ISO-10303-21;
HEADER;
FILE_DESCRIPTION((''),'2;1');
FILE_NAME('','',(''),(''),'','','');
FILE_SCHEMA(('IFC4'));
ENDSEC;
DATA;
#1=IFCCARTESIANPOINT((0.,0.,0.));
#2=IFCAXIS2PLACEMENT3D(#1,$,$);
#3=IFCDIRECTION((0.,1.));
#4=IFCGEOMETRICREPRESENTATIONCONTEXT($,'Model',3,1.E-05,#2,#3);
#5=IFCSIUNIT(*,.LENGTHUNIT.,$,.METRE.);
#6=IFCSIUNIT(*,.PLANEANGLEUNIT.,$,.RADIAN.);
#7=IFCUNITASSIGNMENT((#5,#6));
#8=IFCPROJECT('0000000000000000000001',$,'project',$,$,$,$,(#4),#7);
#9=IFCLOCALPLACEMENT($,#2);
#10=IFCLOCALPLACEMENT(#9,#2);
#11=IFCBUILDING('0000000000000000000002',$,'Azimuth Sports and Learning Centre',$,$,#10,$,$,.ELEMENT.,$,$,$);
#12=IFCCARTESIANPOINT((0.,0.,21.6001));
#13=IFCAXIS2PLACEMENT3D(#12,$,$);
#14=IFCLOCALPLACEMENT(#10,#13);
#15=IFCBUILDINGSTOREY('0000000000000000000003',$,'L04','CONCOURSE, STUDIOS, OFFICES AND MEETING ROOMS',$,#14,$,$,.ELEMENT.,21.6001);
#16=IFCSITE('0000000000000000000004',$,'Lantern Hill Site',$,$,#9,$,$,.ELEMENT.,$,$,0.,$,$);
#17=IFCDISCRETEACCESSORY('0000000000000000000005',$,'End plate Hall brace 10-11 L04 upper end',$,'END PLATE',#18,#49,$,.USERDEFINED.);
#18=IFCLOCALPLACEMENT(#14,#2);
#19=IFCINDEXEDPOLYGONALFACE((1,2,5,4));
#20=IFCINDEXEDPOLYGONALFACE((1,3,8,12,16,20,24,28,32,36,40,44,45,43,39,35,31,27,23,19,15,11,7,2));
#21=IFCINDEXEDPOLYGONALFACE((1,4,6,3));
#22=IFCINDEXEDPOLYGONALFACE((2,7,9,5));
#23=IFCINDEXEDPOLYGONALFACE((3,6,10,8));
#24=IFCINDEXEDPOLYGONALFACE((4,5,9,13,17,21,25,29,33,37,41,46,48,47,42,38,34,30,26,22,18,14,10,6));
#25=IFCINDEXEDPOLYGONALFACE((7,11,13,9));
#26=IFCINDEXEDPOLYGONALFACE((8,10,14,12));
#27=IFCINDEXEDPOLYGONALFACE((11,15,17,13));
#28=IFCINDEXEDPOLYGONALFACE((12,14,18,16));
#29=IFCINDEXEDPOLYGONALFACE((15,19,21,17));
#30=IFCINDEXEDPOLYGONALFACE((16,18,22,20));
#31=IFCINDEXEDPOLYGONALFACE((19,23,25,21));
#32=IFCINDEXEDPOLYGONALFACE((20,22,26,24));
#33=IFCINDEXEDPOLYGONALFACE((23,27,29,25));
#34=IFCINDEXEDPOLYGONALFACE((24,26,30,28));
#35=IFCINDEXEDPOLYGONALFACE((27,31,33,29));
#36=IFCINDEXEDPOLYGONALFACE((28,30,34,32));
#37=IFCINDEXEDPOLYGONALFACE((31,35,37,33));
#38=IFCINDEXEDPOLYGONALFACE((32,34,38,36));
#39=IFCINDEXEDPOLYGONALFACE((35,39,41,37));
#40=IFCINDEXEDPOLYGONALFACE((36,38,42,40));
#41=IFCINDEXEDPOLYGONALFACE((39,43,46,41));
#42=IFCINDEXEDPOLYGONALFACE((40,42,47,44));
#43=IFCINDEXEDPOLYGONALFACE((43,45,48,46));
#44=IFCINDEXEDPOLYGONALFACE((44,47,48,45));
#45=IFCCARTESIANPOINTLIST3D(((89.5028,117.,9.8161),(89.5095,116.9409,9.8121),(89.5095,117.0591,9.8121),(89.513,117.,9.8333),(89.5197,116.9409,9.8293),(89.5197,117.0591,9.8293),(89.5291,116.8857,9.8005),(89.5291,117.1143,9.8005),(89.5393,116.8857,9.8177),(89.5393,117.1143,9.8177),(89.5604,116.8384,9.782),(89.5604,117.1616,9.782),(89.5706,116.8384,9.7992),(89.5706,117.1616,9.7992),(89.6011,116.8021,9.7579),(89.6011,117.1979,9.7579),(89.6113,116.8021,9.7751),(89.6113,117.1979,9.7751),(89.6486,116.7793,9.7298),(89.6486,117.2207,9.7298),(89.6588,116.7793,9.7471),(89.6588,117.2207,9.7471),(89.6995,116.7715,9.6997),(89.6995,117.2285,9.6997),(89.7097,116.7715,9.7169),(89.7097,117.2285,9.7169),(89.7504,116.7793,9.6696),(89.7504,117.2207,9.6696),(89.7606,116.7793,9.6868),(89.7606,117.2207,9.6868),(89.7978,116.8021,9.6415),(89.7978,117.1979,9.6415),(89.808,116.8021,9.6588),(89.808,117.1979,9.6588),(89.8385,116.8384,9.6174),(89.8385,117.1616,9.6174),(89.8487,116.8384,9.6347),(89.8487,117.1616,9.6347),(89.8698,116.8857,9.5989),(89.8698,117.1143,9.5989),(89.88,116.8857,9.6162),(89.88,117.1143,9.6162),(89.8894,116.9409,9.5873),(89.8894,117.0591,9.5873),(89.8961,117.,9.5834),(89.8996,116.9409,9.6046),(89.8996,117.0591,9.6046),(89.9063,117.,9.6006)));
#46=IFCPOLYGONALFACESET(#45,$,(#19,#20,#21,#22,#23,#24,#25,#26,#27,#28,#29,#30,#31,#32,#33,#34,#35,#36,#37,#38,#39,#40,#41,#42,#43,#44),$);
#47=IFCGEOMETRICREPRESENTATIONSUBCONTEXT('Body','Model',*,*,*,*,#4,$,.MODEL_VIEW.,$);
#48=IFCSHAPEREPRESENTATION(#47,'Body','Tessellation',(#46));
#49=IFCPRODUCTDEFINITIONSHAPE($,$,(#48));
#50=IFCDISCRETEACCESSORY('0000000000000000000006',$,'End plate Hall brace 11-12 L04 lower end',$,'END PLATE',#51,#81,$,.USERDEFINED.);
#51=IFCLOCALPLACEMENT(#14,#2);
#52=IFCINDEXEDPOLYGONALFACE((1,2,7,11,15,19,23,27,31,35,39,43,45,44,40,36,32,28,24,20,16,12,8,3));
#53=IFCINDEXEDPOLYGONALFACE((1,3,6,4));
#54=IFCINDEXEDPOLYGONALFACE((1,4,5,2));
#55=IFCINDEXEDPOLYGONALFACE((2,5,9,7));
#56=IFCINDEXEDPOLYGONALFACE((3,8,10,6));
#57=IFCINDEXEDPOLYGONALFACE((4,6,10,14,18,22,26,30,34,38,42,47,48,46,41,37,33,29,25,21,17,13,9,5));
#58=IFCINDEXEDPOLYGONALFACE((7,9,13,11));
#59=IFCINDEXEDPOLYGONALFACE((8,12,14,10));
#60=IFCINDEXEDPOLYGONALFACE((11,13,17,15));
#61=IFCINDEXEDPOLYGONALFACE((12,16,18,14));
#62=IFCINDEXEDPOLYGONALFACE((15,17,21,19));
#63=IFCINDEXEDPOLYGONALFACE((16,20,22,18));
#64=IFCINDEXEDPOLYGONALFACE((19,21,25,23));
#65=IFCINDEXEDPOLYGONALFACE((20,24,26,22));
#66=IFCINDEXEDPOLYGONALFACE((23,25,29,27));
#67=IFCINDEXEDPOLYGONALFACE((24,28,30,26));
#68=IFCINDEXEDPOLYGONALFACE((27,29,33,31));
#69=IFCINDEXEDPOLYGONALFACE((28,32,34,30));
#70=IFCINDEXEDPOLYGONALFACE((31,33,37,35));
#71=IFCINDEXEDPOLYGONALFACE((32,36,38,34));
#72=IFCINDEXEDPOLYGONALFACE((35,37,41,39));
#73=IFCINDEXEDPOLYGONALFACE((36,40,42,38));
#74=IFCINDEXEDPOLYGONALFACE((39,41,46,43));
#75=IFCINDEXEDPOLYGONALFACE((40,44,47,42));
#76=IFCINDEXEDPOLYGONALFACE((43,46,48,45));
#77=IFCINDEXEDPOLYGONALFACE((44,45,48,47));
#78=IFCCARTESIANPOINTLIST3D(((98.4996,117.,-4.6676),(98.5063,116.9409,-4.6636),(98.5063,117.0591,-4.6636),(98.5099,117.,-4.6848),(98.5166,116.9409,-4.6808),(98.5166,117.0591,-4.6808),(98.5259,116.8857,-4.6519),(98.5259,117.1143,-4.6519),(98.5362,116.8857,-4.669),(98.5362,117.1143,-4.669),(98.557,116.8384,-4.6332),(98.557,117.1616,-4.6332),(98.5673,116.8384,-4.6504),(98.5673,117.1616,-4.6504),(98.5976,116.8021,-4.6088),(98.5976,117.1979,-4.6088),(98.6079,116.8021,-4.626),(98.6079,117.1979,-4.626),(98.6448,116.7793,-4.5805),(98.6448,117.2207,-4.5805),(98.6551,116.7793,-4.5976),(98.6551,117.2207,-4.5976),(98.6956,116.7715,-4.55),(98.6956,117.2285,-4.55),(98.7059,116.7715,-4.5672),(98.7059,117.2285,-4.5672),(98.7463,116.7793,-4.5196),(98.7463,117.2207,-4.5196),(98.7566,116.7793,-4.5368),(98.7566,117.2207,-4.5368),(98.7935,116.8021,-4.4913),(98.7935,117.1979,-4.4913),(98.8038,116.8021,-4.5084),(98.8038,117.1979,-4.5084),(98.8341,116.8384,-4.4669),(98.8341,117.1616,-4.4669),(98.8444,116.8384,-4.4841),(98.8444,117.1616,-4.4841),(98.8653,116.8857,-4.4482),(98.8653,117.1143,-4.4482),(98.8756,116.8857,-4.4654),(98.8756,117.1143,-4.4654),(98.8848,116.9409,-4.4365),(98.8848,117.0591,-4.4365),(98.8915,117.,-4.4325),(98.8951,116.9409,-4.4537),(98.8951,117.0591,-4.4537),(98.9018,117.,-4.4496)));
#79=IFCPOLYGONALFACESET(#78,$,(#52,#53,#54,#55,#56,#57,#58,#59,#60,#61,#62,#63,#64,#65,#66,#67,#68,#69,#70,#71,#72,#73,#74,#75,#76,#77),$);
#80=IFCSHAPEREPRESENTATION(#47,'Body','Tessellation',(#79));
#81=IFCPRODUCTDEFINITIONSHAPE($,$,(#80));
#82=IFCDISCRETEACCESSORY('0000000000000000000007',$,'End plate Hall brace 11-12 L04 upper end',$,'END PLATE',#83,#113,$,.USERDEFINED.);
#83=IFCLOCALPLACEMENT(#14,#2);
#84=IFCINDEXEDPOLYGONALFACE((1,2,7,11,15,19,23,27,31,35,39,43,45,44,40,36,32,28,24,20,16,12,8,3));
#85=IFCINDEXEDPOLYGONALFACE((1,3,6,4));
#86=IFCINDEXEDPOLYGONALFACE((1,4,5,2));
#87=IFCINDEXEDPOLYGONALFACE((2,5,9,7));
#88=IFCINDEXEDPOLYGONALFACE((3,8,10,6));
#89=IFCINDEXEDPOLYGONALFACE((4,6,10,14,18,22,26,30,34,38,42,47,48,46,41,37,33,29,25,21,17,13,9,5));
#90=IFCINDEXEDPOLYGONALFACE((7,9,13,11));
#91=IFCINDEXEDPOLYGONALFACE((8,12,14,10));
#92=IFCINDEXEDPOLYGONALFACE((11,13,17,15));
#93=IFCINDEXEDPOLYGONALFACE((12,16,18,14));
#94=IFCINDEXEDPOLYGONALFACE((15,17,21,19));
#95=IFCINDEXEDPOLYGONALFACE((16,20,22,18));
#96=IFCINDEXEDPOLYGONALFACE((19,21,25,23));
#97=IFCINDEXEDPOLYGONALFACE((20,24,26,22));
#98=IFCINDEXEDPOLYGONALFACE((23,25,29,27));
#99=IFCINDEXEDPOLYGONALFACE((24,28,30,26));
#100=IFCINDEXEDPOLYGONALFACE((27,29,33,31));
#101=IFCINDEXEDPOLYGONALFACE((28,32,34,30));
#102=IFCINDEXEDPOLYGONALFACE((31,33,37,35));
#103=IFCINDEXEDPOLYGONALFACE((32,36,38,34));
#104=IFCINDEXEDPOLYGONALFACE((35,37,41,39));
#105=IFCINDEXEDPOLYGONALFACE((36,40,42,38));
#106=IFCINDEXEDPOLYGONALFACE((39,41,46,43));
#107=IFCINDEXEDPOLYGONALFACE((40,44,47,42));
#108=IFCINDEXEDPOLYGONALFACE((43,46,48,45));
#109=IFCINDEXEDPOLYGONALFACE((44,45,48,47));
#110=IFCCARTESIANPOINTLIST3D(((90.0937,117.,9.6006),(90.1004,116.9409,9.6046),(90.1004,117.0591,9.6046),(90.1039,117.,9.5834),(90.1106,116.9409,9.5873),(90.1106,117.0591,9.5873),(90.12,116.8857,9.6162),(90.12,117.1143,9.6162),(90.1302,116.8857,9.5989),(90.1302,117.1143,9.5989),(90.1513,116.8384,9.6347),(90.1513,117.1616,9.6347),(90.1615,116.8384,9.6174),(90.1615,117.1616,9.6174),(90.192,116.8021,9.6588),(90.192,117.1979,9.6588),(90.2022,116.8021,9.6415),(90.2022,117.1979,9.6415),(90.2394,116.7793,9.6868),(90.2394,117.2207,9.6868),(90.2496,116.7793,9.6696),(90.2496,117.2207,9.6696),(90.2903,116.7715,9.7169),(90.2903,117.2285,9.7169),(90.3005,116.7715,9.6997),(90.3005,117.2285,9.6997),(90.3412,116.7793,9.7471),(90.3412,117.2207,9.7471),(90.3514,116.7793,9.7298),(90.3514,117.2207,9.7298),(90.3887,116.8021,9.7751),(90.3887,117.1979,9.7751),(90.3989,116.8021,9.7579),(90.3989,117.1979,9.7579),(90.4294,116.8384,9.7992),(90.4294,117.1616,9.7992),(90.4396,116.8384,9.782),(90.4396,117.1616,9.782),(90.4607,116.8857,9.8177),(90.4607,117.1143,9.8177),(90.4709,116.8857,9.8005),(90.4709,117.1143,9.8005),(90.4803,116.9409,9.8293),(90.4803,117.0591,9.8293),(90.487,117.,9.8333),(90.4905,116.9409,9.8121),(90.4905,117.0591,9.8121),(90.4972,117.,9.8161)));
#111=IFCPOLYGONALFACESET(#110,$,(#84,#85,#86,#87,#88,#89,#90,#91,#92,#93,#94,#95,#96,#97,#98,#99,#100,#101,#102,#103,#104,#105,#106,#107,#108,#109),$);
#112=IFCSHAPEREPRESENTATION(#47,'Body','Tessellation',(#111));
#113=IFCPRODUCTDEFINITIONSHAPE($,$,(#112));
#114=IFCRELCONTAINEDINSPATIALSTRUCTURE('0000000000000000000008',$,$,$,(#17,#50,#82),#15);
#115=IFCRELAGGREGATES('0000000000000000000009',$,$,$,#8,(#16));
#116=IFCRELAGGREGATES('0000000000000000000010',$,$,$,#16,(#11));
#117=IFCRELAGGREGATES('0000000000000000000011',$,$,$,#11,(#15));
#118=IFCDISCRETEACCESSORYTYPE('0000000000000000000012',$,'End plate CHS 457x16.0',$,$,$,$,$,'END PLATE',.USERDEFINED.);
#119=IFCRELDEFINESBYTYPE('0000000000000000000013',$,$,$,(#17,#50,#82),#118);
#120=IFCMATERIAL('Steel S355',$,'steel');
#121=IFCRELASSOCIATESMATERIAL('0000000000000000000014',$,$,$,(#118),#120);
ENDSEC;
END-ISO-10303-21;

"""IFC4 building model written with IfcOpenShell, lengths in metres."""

from ifc_helpers import new_model, si_unit, direction, frame, origin, origin_2d, place, context, subcontext, project, spatial, circle, extrude, material, material_profile, profile_set, type_object, element, save


model = new_model("IFC4")

# Units and contexts
model_context = context("Model", 3, precision=1e-05, world=origin(), true_north=direction((0.0, 1.0)))
body_context = subcontext(model_context, "Body", "Model", "MODEL_VIEW")
ifc_project = project(units=[si_unit("LENGTHUNIT", "METRE"), si_unit("PLANEANGLEUNIT", "RADIAN")], contexts=[model_context])

# Site, building, storey
site_placement = place(None, origin())
site = spatial("IfcSite", under=ifc_project, at=site_placement, Name="Lantern Hill Site", CompositionType="ELEMENT", RefElevation=0.0)
building_placement = place(site_placement, origin())
building = spatial("IfcBuilding", under=site, at=building_placement, Name="Azimuth Sports and Learning Centre", CompositionType="ELEMENT")
storey_placement = place(building_placement, frame((0.0, 0.0, 21.6001)))
storey = spatial("IfcBuildingStorey", under=building, at=storey_placement, Name="L04", Description="CONCOURSE, STUDIOS, OFFICES AND MEETING ROOMS", CompositionType="ELEMENT", Elevation=21.6001)

# Discrete accessories
ifc_material_1 = material(Name="Steel S355", Category="steel")
ifc_material_profile_1 = material_profile(ifc_material_1, circle(Radius=0.2285, at=origin_2d()), Name="PL 457 DISC")
ifc_profile_set_1 = profile_set([ifc_material_profile_1], Name="Steel S355")
discrete_accessory_type_1 = type_object("IfcDiscreteAccessoryType", Name="End plate CHS 457x16.0", ElementType="END PLATE", PredefinedType="USERDEFINED", material=ifc_profile_set_1)
for number, where, z_axis, x_axis, name in (
    (1, (89.6995, 117.0, 9.6997), (0.509138, 0.0, 0.860685), (0.0, 1.0, 0.0), "End plate Hall brace 10-11 L04 upper end"),
    (2, (98.6956, 117.0, -4.55), (0.514496, 0.0, -0.857493), (0.0, 1.0, 0.0), "End plate Hall brace 11-12 L04 lower end"),
    (3, (90.3005, 117.0, 9.6997), (-0.509138, 0.0, 0.860685), (0.0, -1.0, 0.0), "End plate Hall brace 11-12 L04 upper end"),
):
    element("IfcDiscreteAccessory", number, at=place(storey_placement, frame(where, z_axis=z_axis, x_axis=x_axis)), inside=storey, type_object=discrete_accessory_type_1, Name=name, ObjectType="END PLATE", PredefinedType="USERDEFINED", context=body_context, shape_type="SweptSolid", body=[
        extrude(circle(Radius=0.2285, at=origin_2d()), origin(), (0.0, 0.0, 1.0), 0.02),
    ])

save(model, "model.ifc")
